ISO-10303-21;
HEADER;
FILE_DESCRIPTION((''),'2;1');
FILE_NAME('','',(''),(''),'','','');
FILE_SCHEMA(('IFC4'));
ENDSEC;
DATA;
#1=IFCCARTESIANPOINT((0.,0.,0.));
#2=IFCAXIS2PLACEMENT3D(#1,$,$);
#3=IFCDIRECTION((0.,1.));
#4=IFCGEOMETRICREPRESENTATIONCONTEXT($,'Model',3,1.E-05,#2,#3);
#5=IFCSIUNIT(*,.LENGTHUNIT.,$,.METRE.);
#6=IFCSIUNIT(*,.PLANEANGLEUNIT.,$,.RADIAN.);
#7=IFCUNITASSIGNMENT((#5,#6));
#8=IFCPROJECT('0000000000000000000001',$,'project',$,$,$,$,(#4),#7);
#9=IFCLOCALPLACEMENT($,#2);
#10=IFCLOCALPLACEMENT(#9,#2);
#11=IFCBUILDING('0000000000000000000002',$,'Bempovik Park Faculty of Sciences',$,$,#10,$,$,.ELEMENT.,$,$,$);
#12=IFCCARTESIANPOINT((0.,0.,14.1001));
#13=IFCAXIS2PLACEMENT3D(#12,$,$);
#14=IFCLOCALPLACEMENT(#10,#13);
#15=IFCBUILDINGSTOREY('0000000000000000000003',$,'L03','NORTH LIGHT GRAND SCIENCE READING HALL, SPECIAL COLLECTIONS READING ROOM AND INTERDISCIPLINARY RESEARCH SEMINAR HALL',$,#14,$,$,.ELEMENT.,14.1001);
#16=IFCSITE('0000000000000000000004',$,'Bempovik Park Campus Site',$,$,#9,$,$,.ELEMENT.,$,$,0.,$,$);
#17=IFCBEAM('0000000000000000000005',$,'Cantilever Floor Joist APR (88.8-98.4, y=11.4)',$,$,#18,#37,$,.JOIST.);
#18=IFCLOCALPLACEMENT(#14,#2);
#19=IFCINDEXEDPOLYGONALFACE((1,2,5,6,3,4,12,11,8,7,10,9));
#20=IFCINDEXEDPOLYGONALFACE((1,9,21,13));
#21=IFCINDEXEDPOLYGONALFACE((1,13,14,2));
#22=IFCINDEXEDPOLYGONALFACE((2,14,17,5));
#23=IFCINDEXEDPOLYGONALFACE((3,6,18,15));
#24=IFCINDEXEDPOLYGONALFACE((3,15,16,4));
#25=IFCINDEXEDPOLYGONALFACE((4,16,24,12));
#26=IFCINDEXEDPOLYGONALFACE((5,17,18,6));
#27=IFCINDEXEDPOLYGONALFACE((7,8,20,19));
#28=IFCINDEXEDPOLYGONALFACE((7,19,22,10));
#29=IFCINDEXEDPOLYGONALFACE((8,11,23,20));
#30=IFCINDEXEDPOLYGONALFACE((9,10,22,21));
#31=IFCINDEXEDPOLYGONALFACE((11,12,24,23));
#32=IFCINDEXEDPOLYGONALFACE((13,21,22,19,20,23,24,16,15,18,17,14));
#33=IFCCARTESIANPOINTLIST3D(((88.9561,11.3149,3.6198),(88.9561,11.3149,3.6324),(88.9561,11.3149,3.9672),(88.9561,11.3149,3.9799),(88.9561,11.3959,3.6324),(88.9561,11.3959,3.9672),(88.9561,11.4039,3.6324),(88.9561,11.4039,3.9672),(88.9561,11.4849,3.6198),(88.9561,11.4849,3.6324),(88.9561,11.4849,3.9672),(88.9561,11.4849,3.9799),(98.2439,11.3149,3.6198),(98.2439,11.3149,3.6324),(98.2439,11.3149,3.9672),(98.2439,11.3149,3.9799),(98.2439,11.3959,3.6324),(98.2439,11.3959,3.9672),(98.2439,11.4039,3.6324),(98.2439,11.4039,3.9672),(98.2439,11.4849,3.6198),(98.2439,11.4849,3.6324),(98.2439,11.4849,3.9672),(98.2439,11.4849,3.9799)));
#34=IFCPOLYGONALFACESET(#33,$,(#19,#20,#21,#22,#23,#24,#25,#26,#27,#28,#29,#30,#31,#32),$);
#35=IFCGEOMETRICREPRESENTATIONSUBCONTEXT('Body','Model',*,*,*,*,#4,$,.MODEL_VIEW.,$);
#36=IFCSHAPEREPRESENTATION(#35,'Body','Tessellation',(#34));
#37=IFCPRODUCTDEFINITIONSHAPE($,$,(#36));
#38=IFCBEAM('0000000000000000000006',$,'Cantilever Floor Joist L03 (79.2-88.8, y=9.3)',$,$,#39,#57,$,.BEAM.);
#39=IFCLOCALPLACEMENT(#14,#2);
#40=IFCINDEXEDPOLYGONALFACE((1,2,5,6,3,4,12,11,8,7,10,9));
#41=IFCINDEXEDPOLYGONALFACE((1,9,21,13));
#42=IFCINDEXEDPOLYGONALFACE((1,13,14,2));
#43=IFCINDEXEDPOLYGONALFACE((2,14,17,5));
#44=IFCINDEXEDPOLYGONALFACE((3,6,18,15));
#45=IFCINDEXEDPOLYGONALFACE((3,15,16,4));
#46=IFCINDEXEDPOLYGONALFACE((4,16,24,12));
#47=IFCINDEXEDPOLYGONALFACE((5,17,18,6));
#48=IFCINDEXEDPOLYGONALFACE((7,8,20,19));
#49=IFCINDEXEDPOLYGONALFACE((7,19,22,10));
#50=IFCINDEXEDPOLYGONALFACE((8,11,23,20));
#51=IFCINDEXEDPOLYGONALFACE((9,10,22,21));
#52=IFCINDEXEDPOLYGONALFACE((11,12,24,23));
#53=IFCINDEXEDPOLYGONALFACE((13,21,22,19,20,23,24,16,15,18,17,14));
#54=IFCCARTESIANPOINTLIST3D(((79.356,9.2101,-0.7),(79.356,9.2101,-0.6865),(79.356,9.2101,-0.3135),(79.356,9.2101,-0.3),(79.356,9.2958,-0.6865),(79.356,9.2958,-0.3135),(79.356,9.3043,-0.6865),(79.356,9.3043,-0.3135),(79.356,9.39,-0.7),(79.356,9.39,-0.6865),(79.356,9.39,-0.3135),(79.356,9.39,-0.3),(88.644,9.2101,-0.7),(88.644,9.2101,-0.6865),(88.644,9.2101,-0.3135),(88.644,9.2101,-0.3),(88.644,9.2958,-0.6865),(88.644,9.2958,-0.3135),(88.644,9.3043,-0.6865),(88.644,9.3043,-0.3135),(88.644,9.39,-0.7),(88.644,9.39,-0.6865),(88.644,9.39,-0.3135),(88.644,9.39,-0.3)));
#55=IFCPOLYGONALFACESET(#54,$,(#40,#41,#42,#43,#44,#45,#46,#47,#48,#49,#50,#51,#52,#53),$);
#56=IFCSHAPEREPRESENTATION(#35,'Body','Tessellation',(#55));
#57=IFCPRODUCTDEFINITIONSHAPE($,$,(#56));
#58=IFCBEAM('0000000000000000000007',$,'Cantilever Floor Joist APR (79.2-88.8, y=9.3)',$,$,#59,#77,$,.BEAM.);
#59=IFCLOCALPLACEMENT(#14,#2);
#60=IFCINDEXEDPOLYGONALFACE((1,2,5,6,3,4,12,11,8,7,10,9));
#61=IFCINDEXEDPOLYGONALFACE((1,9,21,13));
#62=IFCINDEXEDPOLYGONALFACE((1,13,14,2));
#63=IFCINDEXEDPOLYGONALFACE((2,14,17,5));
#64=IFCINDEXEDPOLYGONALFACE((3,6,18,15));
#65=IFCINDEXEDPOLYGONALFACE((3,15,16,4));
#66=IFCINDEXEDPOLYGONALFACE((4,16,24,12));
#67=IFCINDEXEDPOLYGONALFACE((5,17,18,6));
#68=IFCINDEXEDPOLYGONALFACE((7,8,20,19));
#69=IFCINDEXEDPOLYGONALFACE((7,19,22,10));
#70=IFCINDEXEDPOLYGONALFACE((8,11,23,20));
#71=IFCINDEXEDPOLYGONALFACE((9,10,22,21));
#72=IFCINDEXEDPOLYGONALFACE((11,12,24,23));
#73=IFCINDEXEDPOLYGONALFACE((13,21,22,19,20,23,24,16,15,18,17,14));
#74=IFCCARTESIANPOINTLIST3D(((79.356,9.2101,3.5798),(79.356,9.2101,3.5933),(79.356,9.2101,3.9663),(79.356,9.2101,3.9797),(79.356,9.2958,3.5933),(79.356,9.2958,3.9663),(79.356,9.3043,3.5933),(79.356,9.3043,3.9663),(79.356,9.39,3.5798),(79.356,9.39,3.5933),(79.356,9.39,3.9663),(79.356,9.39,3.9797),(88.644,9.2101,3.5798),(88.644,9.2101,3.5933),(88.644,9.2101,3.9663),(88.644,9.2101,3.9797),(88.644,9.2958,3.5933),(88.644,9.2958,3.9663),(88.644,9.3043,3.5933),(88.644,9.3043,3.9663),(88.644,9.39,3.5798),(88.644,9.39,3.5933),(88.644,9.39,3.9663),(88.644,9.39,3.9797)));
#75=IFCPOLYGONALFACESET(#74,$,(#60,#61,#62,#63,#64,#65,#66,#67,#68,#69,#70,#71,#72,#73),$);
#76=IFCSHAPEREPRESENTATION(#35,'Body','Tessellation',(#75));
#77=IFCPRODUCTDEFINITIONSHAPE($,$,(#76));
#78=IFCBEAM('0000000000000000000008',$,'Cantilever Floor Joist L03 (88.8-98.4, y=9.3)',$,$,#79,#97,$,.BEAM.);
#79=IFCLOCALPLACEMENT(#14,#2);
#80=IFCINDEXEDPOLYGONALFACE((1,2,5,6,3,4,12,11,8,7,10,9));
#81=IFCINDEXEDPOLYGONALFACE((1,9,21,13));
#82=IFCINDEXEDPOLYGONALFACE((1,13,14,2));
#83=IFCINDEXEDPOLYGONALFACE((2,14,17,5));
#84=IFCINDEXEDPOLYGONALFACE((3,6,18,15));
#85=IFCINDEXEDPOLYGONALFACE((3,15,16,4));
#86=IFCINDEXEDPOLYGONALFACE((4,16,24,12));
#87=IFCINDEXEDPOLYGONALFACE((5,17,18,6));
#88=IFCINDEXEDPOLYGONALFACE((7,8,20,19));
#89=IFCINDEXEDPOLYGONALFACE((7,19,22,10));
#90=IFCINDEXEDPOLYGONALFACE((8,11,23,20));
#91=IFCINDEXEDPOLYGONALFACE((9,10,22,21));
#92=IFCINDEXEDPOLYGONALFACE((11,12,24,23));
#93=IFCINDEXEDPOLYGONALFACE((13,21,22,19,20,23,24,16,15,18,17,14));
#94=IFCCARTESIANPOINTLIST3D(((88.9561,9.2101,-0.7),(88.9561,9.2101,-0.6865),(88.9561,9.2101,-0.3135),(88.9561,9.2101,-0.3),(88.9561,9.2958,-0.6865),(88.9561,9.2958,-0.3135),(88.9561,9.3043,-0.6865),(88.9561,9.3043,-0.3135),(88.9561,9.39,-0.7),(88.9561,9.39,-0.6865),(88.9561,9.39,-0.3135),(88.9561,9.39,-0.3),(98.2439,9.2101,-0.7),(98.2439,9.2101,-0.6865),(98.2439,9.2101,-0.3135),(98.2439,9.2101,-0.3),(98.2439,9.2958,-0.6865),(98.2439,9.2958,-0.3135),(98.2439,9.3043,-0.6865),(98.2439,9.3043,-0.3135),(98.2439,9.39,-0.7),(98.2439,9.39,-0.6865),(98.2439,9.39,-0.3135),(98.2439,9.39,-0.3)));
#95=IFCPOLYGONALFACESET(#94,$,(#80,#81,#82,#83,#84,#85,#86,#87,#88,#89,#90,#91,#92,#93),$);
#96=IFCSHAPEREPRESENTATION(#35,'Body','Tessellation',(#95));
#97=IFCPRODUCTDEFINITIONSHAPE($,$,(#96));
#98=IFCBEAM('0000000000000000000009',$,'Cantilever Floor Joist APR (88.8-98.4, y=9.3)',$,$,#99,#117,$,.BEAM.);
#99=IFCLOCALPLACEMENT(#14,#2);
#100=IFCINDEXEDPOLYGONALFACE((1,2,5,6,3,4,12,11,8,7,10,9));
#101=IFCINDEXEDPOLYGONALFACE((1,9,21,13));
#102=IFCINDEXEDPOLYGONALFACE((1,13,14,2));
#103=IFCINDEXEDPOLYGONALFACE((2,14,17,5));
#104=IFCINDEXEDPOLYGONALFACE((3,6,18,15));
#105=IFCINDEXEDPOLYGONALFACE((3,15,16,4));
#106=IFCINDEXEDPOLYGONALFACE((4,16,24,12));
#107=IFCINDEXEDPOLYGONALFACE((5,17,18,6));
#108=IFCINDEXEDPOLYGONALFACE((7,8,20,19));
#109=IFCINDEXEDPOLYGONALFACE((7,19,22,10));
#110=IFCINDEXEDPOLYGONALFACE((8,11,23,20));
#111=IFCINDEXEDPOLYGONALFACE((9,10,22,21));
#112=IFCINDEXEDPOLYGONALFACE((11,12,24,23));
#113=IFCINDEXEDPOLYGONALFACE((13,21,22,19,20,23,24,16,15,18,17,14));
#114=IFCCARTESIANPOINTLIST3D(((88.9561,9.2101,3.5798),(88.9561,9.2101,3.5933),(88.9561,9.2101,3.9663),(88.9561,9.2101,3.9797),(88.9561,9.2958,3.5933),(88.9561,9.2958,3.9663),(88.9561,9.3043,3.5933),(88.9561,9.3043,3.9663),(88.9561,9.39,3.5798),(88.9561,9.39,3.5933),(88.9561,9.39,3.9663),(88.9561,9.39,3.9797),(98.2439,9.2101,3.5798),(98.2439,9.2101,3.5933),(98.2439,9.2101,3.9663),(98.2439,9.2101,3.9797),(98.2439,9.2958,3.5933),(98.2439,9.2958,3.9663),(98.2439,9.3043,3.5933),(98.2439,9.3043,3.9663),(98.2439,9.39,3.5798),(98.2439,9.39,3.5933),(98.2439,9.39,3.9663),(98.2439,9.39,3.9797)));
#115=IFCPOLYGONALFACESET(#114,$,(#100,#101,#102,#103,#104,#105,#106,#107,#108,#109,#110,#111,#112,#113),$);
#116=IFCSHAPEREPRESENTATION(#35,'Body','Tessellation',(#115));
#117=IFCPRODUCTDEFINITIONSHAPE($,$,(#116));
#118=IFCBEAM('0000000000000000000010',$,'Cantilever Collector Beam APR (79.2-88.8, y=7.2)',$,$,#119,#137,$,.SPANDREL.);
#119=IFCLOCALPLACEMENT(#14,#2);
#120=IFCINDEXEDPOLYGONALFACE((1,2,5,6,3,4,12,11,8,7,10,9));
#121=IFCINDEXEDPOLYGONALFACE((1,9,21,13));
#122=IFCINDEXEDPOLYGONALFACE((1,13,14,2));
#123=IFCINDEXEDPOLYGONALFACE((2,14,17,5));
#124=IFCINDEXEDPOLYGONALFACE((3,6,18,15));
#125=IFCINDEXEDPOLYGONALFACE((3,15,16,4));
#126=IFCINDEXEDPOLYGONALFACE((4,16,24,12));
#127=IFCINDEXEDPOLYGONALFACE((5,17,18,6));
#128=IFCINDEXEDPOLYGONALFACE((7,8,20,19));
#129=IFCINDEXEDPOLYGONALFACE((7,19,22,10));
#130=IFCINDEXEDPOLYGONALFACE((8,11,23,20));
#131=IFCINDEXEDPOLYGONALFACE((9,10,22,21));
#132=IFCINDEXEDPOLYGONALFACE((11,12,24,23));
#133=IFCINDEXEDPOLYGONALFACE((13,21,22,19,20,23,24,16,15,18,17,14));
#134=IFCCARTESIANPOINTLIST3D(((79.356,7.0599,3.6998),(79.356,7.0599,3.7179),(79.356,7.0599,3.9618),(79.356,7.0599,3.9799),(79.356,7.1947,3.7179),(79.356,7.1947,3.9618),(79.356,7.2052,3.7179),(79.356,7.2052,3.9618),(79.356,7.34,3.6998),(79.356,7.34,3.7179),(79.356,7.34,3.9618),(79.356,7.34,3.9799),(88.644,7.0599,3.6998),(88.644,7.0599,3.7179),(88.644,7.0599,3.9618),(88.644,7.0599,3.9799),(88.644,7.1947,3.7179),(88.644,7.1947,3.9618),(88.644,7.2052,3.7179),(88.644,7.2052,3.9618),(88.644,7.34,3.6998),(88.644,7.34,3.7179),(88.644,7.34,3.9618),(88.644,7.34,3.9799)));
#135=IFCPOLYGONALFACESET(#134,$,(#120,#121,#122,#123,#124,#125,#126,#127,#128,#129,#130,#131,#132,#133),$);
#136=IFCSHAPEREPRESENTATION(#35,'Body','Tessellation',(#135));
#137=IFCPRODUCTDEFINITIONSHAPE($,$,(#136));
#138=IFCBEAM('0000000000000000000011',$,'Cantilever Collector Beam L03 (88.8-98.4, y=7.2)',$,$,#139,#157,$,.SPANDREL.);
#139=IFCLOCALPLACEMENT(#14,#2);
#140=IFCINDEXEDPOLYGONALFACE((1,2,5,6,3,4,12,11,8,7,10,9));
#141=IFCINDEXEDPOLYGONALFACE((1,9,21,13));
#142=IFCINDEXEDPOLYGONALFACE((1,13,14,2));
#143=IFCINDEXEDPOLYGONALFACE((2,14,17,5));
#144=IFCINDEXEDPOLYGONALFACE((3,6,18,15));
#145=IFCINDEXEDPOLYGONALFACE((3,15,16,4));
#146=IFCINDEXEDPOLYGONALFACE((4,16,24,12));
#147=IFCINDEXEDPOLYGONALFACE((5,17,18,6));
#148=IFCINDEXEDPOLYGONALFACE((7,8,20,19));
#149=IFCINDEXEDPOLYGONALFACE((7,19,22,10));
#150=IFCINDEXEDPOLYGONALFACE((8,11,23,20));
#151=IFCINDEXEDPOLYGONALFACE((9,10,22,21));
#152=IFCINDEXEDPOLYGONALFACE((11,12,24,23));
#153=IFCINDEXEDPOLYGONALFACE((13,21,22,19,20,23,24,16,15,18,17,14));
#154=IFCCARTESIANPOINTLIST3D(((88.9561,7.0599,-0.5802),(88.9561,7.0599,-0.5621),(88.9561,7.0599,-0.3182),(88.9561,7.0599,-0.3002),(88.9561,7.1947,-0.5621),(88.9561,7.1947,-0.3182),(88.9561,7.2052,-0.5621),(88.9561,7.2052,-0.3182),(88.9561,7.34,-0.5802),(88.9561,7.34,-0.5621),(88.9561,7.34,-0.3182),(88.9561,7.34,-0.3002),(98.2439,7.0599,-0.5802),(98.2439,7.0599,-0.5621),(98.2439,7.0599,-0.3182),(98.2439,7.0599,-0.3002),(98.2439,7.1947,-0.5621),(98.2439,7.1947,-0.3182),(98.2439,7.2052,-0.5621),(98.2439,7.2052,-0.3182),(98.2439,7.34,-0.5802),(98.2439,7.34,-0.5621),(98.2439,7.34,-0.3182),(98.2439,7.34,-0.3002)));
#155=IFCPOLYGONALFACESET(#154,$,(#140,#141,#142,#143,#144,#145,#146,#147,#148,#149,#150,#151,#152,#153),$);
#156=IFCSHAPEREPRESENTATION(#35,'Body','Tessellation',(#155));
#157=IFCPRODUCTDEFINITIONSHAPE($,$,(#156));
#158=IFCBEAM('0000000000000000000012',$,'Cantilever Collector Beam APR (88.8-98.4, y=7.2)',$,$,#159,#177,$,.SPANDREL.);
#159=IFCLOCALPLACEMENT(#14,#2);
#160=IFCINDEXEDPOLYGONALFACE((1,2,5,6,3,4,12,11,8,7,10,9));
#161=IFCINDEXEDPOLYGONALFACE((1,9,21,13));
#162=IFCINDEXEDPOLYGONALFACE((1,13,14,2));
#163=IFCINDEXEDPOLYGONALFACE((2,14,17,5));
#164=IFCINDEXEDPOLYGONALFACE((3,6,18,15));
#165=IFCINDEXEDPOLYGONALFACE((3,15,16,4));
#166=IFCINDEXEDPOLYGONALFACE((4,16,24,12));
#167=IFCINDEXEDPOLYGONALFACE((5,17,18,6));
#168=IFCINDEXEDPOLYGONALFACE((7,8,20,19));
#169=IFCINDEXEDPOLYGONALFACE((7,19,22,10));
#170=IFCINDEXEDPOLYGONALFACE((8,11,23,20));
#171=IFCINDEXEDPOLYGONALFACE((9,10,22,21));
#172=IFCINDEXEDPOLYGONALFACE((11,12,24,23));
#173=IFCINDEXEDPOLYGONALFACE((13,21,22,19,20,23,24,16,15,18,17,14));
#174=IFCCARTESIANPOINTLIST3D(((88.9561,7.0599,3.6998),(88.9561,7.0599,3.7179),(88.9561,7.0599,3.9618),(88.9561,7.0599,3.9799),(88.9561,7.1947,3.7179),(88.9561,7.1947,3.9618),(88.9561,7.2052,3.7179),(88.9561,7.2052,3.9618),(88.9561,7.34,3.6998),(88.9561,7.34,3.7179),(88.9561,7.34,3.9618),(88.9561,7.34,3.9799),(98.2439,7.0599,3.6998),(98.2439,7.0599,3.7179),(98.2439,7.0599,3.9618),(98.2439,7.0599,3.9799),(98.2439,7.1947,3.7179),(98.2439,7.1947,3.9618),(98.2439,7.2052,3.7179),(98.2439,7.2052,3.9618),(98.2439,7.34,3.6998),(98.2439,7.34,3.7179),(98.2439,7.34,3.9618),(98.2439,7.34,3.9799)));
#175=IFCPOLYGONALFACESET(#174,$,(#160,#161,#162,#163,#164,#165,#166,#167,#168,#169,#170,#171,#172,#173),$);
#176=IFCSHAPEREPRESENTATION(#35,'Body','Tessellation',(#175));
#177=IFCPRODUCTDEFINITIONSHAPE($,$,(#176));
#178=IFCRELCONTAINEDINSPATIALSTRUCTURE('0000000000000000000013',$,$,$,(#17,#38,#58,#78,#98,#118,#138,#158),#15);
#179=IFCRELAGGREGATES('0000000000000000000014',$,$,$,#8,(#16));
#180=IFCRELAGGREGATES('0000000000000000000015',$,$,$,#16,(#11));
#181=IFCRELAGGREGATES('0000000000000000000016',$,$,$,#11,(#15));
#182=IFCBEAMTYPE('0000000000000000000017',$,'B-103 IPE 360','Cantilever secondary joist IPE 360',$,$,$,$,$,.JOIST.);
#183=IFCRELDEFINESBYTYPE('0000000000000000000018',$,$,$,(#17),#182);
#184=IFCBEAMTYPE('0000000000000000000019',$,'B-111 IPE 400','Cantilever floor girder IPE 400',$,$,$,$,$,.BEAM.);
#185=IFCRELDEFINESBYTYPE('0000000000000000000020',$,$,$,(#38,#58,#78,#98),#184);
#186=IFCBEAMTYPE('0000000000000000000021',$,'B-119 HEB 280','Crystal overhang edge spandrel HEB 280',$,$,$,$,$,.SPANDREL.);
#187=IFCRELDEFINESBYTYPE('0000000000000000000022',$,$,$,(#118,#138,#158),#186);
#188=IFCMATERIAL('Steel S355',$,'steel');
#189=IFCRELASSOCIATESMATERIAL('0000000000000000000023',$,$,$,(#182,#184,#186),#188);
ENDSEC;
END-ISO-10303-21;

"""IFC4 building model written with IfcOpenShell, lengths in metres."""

from ifc_helpers import new_model, si_unit, direction, frame, origin, origin_2d, place, context, subcontext, project, spatial, i_section, extrude, material, material_profile, profile_set, type_object, element, save


model = new_model("IFC4")

# Units and contexts
model_context = context("Model", 3, precision=1e-05, world=origin(), true_north=direction((0.0, 1.0)))
body_context = subcontext(model_context, "Body", "Model", "MODEL_VIEW")
ifc_project = project(units=[si_unit("LENGTHUNIT", "METRE"), si_unit("PLANEANGLEUNIT", "RADIAN")], contexts=[model_context])

# Site, building, storey
site_placement = place(None, origin())
site = spatial("IfcSite", under=ifc_project, at=site_placement, Name="Bempovik Park Campus Site", CompositionType="ELEMENT", RefElevation=0.0)
building_placement = place(site_placement, origin())
building = spatial("IfcBuilding", under=site, at=building_placement, Name="Bempovik Park Faculty of Sciences", CompositionType="ELEMENT")
storey_placement = place(building_placement, frame((0.0, 0.0, 14.1001)))
storey = spatial("IfcBuildingStorey", under=building, at=storey_placement, Name="L03", Description="NORTH LIGHT GRAND SCIENCE READING HALL, SPECIAL COLLECTIONS READING ROOM AND INTERDISCIPLINARY RESEARCH SEMINAR HALL", CompositionType="ELEMENT", Elevation=14.1001)

# Beams
ifc_material_1 = material(Name="Steel S355", Category="steel")
ifc_material_profile_1 = material_profile(ifc_material_1, i_section(OverallWidth=0.1699, OverallDepth=0.3601, WebThickness=0.0081, FlangeThickness=0.0127, at=origin_2d()), Name="IPE 360")
ifc_profile_set_1 = profile_set([ifc_material_profile_1], Name="Steel S355")
beam_type_1 = type_object("IfcBeamType", Name="B-103 IPE 360", Description="Cantilever secondary joist IPE 360", PredefinedType="JOIST", material=ifc_profile_set_1)
for number, where, z_axis, x_axis, name in (
    (1, (88.9561, 11.3999, 3.7998), (1.0, 0.0, 0.0), (0.0, 1.0, 0.0), "Cantilever Floor Joist APR (88.8-98.4, y=11.4)"),
):
    element("IfcBeam", number, at=place(storey_placement, frame(where, z_axis=z_axis, x_axis=x_axis)), inside=storey, type_object=beam_type_1, Name=name, PredefinedType="JOIST", context=body_context, shape_type="SweptSolid", body=[
        extrude(i_section(OverallWidth=0.1699, OverallDepth=0.3601, WebThickness=0.0081, FlangeThickness=0.0127, at=origin_2d()), origin(), (0.0, 0.0, 1.0), 9.2878),
    ])
ifc_material_profile_2 = material_profile(ifc_material_1, i_section(OverallWidth=0.1799, OverallDepth=0.3999, WebThickness=0.0085, FlangeThickness=0.0134, at=origin_2d()), Name="IPE 400")
ifc_profile_set_2 = profile_set([ifc_material_profile_2], Name="Steel S355")
beam_type_2 = type_object("IfcBeamType", Name="B-111 IPE 400", Description="Cantilever floor girder IPE 400", PredefinedType="BEAM", material=ifc_profile_set_2)
for number, where, z_axis, x_axis, name in (
    (2, (79.356, 9.3, -0.5), (1.0, 0.0, 0.0), (0.0, 1.0, 0.0), "Cantilever Floor Joist L03 (79.2-88.8, y=9.3)"),
    (3, (79.356, 9.3, 3.7798), (1.0, 0.0, 0.0), (0.0, 1.0, 0.0), "Cantilever Floor Joist APR (79.2-88.8, y=9.3)"),
):
    element("IfcBeam", number, at=place(storey_placement, frame(where, z_axis=z_axis, x_axis=x_axis)), inside=storey, type_object=beam_type_2, Name=name, PredefinedType="BEAM", context=body_context, shape_type="SweptSolid", body=[
        extrude(i_section(OverallWidth=0.1799, OverallDepth=0.3999, WebThickness=0.0085, FlangeThickness=0.0134, at=origin_2d()), origin(), (0.0, 0.0, 1.0), 9.2881),
    ])
for number, where, z_axis, x_axis, name in (
    (4, (88.9561, 9.3, -0.5), (1.0, 0.0, 0.0), (0.0, 1.0, 0.0), "Cantilever Floor Joist L03 (88.8-98.4, y=9.3)"),
    (5, (88.9561, 9.3, 3.7798), (1.0, 0.0, 0.0), (0.0, 1.0, 0.0), "Cantilever Floor Joist APR (88.8-98.4, y=9.3)"),
):
    element("IfcBeam", number, at=place(storey_placement, frame(where, z_axis=z_axis, x_axis=x_axis)), inside=storey, type_object=beam_type_2, Name=name, PredefinedType="BEAM", context=body_context, shape_type="SweptSolid", body=[
        extrude(i_section(OverallWidth=0.1799, OverallDepth=0.3999, WebThickness=0.0085, FlangeThickness=0.0134, at=origin_2d()), origin(), (0.0, 0.0, 1.0), 9.2878),
    ])
ifc_material_profile_3 = material_profile(ifc_material_1, i_section(OverallWidth=0.28, OverallDepth=0.28, WebThickness=0.0105, FlangeThickness=0.0181, at=origin_2d()), Name="HEB 280")
ifc_profile_set_3 = profile_set([ifc_material_profile_3], Name="Steel S355")
beam_type_3 = type_object("IfcBeamType", Name="B-119 HEB 280", Description="Crystal overhang edge spandrel HEB 280", PredefinedType="SPANDREL", material=ifc_profile_set_3)
beam_placement = place(storey_placement, frame((79.356, 7.2, 3.8398), z_axis=(1.0, 0.0, 0.0), x_axis=(0.0, 1.0, 0.0)))
element("IfcBeam", 6, at=beam_placement, inside=storey, type_object=beam_type_3, Name="Cantilever Collector Beam APR (79.2-88.8, y=7.2)", PredefinedType="SPANDREL", context=body_context, shape_type="SweptSolid", body=[
    extrude(i_section(OverallWidth=0.28, OverallDepth=0.28, WebThickness=0.0105, FlangeThickness=0.0181, at=origin_2d()), origin(), (0.0, 0.0, 1.0), 9.2881),
])
for number, where, z_axis, x_axis, name in (
    (7, (88.9561, 7.2, -0.4402), (1.0, 0.0, 0.0), (0.0, 1.0, 0.0), "Cantilever Collector Beam L03 (88.8-98.4, y=7.2)"),
    (8, (88.9561, 7.2, 3.8398), (1.0, 0.0, 0.0), (0.0, 1.0, 0.0), "Cantilever Collector Beam APR (88.8-98.4, y=7.2)"),
):
    element("IfcBeam", number, at=place(storey_placement, frame(where, z_axis=z_axis, x_axis=x_axis)), inside=storey, type_object=beam_type_3, Name=name, PredefinedType="SPANDREL", context=body_context, shape_type="SweptSolid", body=[
        extrude(i_section(OverallWidth=0.28, OverallDepth=0.28, WebThickness=0.0105, FlangeThickness=0.0181, at=origin_2d()), origin(), (0.0, 0.0, 1.0), 9.2878),
    ])

save(model, "model.ifc")
